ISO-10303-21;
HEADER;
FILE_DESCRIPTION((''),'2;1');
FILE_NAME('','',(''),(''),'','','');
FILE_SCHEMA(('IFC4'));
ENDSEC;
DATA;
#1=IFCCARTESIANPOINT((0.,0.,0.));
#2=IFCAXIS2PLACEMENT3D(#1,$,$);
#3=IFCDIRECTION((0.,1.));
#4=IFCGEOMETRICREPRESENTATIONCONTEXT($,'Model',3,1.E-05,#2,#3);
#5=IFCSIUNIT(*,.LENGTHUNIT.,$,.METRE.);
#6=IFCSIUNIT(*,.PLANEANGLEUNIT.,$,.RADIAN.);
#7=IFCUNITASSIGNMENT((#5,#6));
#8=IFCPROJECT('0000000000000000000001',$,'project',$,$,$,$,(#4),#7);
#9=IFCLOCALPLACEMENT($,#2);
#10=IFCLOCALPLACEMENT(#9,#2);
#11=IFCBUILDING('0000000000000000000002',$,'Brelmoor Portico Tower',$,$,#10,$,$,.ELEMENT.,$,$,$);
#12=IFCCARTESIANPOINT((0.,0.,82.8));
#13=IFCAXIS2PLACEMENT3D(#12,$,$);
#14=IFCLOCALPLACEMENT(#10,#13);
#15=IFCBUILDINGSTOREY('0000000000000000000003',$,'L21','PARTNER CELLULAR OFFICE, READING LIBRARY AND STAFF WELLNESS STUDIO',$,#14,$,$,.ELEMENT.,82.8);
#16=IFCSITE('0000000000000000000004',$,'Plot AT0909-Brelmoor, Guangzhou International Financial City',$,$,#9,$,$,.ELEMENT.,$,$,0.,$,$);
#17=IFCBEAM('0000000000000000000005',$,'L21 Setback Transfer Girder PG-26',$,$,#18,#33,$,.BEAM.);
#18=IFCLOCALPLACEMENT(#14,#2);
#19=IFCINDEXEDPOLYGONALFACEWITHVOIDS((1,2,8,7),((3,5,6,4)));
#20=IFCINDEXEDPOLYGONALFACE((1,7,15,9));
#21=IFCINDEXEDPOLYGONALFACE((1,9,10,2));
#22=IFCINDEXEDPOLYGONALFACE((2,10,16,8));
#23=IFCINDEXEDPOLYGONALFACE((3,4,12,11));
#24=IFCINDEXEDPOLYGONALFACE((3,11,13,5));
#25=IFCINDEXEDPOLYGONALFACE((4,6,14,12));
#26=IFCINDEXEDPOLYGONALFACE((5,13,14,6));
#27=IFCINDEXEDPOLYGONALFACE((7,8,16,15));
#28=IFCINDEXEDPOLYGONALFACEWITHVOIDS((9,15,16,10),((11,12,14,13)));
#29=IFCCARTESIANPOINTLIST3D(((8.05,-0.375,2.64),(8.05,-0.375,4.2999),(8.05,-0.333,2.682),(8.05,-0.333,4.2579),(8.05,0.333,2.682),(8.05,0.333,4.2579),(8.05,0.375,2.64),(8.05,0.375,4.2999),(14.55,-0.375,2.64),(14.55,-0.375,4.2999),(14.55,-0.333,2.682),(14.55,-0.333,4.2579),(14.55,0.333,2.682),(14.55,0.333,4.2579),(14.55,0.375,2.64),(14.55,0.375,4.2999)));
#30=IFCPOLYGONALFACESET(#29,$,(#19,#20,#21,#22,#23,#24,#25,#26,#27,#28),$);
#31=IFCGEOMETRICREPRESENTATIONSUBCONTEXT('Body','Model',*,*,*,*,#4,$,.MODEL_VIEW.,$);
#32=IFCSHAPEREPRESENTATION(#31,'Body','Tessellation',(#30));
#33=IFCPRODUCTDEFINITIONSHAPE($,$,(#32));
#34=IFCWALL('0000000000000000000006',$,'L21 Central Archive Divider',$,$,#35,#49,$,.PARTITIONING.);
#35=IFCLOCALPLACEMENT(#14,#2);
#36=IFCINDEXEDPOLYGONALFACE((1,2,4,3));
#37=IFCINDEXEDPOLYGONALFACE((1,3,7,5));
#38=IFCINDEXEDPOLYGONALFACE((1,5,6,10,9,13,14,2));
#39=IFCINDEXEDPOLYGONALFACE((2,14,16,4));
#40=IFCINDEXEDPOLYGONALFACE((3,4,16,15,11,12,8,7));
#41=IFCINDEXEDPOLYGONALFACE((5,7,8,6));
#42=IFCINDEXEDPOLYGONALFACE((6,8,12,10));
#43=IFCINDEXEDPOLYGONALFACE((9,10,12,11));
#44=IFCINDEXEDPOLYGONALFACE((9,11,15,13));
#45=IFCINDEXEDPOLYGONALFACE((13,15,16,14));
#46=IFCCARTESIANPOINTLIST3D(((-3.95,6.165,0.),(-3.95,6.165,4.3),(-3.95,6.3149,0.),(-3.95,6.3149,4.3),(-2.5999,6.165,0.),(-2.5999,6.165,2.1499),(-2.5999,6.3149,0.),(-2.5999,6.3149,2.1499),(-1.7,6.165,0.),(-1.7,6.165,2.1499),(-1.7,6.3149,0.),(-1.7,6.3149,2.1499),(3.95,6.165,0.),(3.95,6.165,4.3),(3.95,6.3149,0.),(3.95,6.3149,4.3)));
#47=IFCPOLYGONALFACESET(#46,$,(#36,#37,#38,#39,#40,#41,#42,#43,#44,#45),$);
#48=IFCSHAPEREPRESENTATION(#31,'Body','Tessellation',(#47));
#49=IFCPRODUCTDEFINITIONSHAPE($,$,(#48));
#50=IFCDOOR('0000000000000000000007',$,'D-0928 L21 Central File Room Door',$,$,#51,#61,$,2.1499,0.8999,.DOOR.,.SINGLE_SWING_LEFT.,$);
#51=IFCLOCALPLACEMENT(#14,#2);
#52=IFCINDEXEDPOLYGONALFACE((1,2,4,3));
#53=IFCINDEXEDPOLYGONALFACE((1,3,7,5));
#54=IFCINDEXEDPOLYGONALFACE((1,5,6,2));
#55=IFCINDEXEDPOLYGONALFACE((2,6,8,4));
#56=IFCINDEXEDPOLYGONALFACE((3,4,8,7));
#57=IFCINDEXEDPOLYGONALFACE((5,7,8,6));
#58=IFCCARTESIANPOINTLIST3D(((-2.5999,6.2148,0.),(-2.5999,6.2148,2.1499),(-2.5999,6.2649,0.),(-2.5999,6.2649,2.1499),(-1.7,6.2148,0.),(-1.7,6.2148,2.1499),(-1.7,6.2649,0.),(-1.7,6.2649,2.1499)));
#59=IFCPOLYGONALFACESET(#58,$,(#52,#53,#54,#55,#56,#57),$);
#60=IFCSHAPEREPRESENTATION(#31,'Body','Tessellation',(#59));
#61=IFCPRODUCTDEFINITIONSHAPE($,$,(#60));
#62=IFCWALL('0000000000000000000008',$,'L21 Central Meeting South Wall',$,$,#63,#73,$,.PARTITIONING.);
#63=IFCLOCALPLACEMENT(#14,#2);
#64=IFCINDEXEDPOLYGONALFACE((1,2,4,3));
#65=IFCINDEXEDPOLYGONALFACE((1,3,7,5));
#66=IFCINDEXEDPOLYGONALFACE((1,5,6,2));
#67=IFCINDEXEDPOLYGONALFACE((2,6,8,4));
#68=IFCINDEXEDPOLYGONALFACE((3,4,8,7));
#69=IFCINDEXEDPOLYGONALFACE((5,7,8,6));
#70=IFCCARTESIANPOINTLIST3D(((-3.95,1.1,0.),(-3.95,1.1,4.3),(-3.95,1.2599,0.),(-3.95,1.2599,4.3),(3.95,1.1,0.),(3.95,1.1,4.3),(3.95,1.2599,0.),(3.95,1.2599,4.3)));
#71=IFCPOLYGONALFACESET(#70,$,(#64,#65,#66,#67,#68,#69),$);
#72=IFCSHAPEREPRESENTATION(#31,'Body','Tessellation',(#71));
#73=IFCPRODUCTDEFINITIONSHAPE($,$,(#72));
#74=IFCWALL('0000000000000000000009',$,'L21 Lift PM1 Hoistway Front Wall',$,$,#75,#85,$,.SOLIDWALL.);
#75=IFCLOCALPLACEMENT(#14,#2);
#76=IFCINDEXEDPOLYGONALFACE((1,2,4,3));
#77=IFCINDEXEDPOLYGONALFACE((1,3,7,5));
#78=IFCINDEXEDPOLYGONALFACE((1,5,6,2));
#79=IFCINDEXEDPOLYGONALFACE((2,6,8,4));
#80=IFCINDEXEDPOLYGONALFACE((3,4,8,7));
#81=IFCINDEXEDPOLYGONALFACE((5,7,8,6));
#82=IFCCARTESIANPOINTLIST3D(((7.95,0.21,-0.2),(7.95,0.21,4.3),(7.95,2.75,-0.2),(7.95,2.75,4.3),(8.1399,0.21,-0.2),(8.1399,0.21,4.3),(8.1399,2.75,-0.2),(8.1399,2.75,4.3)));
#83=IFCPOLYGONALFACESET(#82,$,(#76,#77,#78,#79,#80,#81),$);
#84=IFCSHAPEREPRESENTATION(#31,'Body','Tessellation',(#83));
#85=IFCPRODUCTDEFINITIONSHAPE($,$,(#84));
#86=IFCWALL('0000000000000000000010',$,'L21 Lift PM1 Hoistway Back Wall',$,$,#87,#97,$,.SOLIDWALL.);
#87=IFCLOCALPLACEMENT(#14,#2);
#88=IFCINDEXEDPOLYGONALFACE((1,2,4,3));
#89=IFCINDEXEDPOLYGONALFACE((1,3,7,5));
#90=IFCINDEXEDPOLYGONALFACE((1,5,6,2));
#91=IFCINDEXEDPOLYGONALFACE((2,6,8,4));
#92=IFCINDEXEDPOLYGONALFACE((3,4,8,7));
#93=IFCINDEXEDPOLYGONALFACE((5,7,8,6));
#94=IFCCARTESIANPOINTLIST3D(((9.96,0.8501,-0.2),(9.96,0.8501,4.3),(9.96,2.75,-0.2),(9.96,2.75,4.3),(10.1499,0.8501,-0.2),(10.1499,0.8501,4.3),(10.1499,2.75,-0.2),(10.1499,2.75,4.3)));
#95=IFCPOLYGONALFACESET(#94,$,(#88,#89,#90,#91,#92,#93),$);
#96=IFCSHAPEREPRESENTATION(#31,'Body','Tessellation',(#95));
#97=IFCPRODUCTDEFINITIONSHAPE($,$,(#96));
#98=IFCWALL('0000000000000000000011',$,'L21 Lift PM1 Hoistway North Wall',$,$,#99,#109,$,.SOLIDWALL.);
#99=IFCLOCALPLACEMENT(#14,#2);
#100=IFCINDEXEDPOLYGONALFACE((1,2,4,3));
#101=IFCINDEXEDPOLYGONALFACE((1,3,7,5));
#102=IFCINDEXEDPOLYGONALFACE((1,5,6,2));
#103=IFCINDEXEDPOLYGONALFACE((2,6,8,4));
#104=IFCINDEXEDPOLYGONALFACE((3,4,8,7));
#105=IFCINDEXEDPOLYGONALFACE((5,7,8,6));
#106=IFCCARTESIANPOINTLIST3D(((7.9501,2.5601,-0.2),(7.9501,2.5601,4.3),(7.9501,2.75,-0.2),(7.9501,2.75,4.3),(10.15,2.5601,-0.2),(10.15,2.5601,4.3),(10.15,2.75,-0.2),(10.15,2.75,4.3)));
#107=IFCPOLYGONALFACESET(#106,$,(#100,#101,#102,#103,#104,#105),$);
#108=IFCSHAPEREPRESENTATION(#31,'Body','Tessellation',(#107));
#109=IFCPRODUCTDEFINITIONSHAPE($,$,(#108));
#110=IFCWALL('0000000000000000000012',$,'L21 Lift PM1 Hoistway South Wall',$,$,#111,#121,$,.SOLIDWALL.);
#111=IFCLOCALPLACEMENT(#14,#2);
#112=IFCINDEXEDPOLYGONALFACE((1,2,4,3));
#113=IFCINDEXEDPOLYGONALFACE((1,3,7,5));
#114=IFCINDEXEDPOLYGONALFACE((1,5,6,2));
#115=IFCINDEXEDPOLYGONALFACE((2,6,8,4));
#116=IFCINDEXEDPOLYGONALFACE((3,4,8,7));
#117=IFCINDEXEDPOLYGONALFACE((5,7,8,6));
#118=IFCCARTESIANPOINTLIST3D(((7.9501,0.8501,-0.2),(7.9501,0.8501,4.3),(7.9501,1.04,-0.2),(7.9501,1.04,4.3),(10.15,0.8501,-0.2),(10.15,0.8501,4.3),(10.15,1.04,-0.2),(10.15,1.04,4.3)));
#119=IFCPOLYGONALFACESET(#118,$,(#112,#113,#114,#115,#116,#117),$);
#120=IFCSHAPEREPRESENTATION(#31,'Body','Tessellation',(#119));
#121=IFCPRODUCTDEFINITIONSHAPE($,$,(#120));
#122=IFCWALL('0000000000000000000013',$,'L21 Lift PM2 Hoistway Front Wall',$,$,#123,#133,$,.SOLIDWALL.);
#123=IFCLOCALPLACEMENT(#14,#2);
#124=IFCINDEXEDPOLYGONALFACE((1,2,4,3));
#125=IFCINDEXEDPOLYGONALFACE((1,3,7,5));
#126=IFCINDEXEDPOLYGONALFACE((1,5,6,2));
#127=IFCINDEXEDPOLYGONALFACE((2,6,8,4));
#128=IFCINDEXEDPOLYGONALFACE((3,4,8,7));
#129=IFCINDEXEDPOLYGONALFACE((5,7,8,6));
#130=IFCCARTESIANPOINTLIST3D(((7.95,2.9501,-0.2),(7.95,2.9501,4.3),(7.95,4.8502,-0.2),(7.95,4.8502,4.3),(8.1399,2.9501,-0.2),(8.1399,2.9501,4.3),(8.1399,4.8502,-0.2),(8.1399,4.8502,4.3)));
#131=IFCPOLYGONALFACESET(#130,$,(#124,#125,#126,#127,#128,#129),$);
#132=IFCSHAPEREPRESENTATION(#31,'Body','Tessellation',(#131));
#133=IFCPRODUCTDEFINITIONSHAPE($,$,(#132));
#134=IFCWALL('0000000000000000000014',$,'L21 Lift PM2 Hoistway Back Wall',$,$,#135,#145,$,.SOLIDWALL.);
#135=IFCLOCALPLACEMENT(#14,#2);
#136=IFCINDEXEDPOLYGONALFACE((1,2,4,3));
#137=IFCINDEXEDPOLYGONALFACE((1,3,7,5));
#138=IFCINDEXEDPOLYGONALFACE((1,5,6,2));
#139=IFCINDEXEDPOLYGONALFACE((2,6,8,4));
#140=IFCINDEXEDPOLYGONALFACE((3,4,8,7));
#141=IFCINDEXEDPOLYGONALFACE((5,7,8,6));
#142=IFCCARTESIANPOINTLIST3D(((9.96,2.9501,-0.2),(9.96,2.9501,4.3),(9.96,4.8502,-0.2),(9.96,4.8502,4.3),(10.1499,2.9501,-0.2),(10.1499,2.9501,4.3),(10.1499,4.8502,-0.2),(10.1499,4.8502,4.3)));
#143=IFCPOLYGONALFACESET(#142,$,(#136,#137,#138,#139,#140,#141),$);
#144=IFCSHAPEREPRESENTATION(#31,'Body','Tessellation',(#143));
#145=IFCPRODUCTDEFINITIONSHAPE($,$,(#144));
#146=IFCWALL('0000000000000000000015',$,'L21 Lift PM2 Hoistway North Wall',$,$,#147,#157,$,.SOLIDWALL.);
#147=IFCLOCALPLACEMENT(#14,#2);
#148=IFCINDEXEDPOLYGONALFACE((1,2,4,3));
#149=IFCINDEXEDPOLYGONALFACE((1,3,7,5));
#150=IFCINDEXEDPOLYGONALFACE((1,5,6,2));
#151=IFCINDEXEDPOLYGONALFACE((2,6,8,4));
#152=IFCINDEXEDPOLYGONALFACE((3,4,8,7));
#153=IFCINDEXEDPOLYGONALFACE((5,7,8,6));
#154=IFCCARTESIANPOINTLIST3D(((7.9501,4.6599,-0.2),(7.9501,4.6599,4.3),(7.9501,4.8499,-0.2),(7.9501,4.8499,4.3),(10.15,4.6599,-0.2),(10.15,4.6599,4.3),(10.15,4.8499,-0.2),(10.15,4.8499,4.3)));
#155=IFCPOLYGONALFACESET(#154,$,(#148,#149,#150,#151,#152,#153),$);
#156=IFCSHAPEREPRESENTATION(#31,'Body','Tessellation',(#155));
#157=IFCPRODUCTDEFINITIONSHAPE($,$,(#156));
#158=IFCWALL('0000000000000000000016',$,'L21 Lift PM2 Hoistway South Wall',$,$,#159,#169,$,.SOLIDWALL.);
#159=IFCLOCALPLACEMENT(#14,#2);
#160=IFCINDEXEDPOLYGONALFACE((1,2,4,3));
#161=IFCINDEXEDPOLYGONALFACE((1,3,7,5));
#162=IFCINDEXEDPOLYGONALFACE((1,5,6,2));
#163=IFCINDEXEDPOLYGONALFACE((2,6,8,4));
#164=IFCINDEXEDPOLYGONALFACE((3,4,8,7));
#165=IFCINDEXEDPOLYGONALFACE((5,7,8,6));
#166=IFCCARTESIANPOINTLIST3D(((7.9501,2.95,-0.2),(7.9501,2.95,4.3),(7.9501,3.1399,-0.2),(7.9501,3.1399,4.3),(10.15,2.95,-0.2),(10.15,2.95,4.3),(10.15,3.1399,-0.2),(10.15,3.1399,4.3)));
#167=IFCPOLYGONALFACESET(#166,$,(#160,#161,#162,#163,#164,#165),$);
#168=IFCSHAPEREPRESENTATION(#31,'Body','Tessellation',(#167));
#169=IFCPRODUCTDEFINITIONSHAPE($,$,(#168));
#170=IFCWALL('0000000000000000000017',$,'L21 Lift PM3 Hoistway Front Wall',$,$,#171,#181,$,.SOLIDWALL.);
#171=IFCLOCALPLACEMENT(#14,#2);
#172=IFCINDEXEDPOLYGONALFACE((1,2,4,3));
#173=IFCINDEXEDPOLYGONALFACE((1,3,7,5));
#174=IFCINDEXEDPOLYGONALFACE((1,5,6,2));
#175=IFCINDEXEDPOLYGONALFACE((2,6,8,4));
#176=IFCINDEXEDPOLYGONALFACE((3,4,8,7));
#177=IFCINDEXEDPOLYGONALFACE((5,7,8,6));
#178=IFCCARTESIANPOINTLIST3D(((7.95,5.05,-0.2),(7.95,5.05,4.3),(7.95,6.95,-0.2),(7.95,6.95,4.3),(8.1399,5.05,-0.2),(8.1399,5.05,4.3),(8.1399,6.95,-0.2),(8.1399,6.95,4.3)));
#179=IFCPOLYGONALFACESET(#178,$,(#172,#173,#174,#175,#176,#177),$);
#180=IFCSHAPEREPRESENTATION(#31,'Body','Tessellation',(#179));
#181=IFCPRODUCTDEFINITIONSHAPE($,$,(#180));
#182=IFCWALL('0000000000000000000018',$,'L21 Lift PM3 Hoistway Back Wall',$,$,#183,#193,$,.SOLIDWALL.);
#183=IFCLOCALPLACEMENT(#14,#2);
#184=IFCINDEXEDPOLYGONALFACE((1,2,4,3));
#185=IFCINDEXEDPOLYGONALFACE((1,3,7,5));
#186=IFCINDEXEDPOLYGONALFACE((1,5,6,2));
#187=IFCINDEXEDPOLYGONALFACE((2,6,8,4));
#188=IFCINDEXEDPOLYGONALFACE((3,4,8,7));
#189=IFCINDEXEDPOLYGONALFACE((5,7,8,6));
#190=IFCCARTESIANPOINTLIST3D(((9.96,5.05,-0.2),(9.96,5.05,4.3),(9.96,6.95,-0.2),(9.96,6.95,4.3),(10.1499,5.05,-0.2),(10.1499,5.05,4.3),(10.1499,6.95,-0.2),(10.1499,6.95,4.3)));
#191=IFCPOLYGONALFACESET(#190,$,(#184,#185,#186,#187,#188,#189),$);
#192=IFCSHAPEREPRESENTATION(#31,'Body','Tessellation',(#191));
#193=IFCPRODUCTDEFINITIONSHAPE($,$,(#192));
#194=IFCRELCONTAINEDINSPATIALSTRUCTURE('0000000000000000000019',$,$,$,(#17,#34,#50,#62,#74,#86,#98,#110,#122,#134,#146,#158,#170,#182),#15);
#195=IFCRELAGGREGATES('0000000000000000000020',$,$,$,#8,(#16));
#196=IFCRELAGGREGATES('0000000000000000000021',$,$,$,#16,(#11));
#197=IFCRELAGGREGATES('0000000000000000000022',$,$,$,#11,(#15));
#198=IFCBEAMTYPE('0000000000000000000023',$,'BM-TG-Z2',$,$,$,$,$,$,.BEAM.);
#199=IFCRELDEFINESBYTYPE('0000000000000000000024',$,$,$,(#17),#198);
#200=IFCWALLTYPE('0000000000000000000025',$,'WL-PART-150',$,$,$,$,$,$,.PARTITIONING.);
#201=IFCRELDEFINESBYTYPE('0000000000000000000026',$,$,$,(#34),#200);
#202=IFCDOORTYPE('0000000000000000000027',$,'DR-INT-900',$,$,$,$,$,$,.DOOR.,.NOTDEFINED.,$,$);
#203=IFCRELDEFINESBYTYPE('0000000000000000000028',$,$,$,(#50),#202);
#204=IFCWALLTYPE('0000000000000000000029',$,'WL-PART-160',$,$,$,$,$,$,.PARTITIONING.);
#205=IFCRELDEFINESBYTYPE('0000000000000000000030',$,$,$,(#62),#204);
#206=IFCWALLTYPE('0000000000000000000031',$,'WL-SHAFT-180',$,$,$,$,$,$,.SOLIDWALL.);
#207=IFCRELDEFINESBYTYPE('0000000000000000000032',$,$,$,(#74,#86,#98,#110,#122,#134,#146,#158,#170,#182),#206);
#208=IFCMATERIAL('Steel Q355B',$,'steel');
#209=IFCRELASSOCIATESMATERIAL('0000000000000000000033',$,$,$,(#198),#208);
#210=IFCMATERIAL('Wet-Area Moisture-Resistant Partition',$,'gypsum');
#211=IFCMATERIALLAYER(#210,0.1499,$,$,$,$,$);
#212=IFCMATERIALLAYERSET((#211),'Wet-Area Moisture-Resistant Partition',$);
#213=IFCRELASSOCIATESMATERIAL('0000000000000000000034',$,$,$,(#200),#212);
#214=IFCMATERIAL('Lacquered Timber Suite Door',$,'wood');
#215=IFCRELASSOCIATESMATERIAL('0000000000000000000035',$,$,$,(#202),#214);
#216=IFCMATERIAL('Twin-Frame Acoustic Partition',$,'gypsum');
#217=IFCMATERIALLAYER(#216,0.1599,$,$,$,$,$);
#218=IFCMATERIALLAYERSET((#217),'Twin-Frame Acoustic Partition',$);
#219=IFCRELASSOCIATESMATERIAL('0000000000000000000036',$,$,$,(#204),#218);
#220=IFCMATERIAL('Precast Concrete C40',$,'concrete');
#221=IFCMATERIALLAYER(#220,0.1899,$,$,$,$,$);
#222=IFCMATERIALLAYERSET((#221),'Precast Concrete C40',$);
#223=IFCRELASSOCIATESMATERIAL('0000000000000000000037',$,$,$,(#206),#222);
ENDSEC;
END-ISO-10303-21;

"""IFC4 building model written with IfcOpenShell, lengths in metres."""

from ifc_helpers import new_model, si_unit, direction, frame, frame_2d, origin, origin_2d, place, context, subcontext, project, spatial, rectangle, hollow_rectangle, extrude, material, layer, layer_set, material_profile, profile_set, type_object, element, fill, save


model = new_model("IFC4")

# Units and contexts
model_context = context("Model", 3, precision=1e-05, world=origin(), true_north=direction((0.0, 1.0)))
body_context = subcontext(model_context, "Body", "Model", "MODEL_VIEW")
ifc_project = project(units=[si_unit("LENGTHUNIT", "METRE"), si_unit("PLANEANGLEUNIT", "RADIAN")], contexts=[model_context])

# Site, building, storey
site_placement = place(None, origin())
site = spatial("IfcSite", under=ifc_project, at=site_placement, Name="Plot AT0909-Brelmoor, Guangzhou International Financial City", CompositionType="ELEMENT", RefElevation=0.0)
building_placement = place(site_placement, origin())
building = spatial("IfcBuilding", under=site, at=building_placement, Name="Brelmoor Portico Tower", CompositionType="ELEMENT")
storey_placement = place(building_placement, frame((0.0, 0.0, 82.8)))
storey = spatial("IfcBuildingStorey", under=building, at=storey_placement, Name="L21", Description="PARTNER CELLULAR OFFICE, READING LIBRARY AND STAFF WELLNESS STUDIO", CompositionType="ELEMENT", Elevation=82.8)

# Beam
ifc_material_1 = material(Name="Steel Q355B", Category="steel")
ifc_material_profile = material_profile(ifc_material_1, hollow_rectangle(XDim=0.75, YDim=1.6599, WallThickness=0.042, at=origin_2d()), Name="BOX 750x1660x42")
ifc_profile_set = profile_set([ifc_material_profile], Name="Steel Q355B")
beam_type = type_object("IfcBeamType", Name="BM-TG-Z2", PredefinedType="BEAM", material=ifc_profile_set)
beam_placement = place(storey_placement, frame((8.05, 0.0, 3.47), z_axis=(1.0, 0.0, 0.0), x_axis=(0.0, 1.0, 0.0)))
element("IfcBeam", 1, at=beam_placement, inside=storey, type_object=beam_type, Name="L21 Setback Transfer Girder PG-26", PredefinedType="BEAM", context=body_context, shape_type="SweptSolid", body=[
    extrude(hollow_rectangle(XDim=0.75, YDim=1.6599, WallThickness=0.042, at=origin_2d()), origin(), (0.0, 0.0, 1.0), 6.5),
])

# Wall, opening, door
ifc_material_2 = material(Name="Wet-Area Moisture-Resistant Partition", Category="gypsum")
ifc_layer_1 = layer(ifc_material_2, 0.1499)
ifc_layer_set_1 = layer_set([ifc_layer_1], Name="Wet-Area Moisture-Resistant Partition")
wall_type_1 = type_object("IfcWallType", Name="WL-PART-150", PredefinedType="PARTITIONING", material=ifc_layer_set_1)
wall_1_placement = place(storey_placement, frame((-3.95, 6.24, 0.0), z_axis=(0.0, 0.0, 1.0), x_axis=(1.0, 0.0, 0.0)))
wall_1 = element("IfcWall", 2, at=wall_1_placement, inside=storey, type_object=wall_type_1, Name="L21 Central Archive Divider", PredefinedType="PARTITIONING", context=body_context, shape_type="SweptSolid", body=[
    extrude(rectangle(XDim=7.8999, YDim=0.1499, at=frame_2d((3.95, 0.0))), origin(), (0.0, 0.0, 1.0), 4.3),
])
opening_1_placement = place(wall_1_placement, frame((1.3501, 0.0, 0.0)))
opening_1 = element("IfcOpeningElement", 3, at=opening_1_placement, cuts=wall_1, PredefinedType="OPENING", context=body_context, shape_type="SweptSolid", body=[
    extrude(rectangle(XDim=0.8999, YDim=2.1499, at=frame_2d((0.45, 1.075))), frame((0.0, 0.085, 0.0), z_axis=(0.0, -1.0, 0.0), x_axis=(1.0, 0.0, 0.0)), (0.0, 0.0, 1.0), 0.1699),
])
ifc_material_3 = material(Name="Lacquered Timber Suite Door", Category="wood")
door_type_1 = type_object("IfcDoorType", Name="DR-INT-900", OperationType="NOTDEFINED", PredefinedType="DOOR", material=ifc_material_3)
door_1_placement = place(opening_1_placement, origin())
door_1 = element("IfcDoor", 4, at=door_1_placement, inside=storey, type_object=door_type_1, Name="D-0928 L21 Central File Room Door", OperationType="SINGLE_SWING_LEFT", OverallHeight=2.1499, OverallWidth=0.8999, PredefinedType="DOOR", context=body_context, shape_type="SweptSolid", body=[
    extrude(rectangle(XDim=0.8999, YDim=2.1499, at=frame_2d((0.45, 1.075))), frame((0.0, 0.0249, 0.0), z_axis=(0.0, -1.0, 0.0), x_axis=(1.0, 0.0, 0.0)), (0.0, 0.0, 1.0), 0.05),
])
fill(opening_1, door_1)

# Walls
ifc_material_4 = material(Name="Twin-Frame Acoustic Partition", Category="gypsum")
ifc_layer_2 = layer(ifc_material_4, 0.1599)
ifc_layer_set_2 = layer_set([ifc_layer_2], Name="Twin-Frame Acoustic Partition")
wall_type_2 = type_object("IfcWallType", Name="WL-PART-160", PredefinedType="PARTITIONING", material=ifc_layer_set_2)
wall_2_placement = place(storey_placement, frame((-3.95, 1.1799, 0.0), z_axis=(0.0, 0.0, 1.0), x_axis=(1.0, 0.0, 0.0)))
element("IfcWall", 5, at=wall_2_placement, inside=storey, type_object=wall_type_2, Name="L21 Central Meeting South Wall", PredefinedType="PARTITIONING", context=body_context, shape_type="SweptSolid", body=[
    extrude(rectangle(XDim=7.8999, YDim=0.1599, at=frame_2d((3.95, 0.0))), origin(), (0.0, 0.0, 1.0), 4.3),
])
ifc_material_5 = material(Name="Precast Concrete C40", Category="concrete")
ifc_layer_3 = layer(ifc_material_5, 0.1899)
ifc_layer_set_3 = layer_set([ifc_layer_3], Name="Precast Concrete C40")
wall_type_3 = type_object("IfcWallType", Name="WL-SHAFT-180", PredefinedType="SOLIDWALL", material=ifc_layer_set_3)
wall_3_placement = place(storey_placement, frame((8.0449, 0.21, -0.2), z_axis=(0.0, 0.0, 1.0), x_axis=(0.0, 1.0, 0.0)))
element("IfcWall", 6, at=wall_3_placement, inside=storey, type_object=wall_type_3, Name="L21 Lift PM1 Hoistway Front Wall", PredefinedType="SOLIDWALL", context=body_context, shape_type="SweptSolid", body=[
    extrude(rectangle(XDim=2.54, YDim=0.1899, at=frame_2d((1.27, 0.0))), origin(), (0.0, 0.0, 1.0), 4.5),
])
wall_4_placement = place(storey_placement, frame((10.0549, 0.8501, -0.2), z_axis=(0.0, 0.0, 1.0), x_axis=(0.0, 1.0, 0.0)))
element("IfcWall", 7, at=wall_4_placement, inside=storey, type_object=wall_type_3, Name="L21 Lift PM1 Hoistway Back Wall", PredefinedType="SOLIDWALL", context=body_context, shape_type="SweptSolid", body=[
    extrude(rectangle(XDim=1.8999, YDim=0.1899, at=frame_2d((0.95, 0.0))), origin(), (0.0, 0.0, 1.0), 4.5),
])
for number, where, z_axis, x_axis, name in (
    (8, (7.95, 2.655, -0.2), (0.0, 0.0, 1.0), (1.0, 0.0, 0.0), "L21 Lift PM1 Hoistway North Wall"),
    (9, (7.95, 0.9451, -0.2), (0.0, 0.0, 1.0), (1.0, 0.0, 0.0), "L21 Lift PM1 Hoistway South Wall"),
):
    element("IfcWall", number, at=place(storey_placement, frame(where, z_axis=z_axis, x_axis=x_axis)), inside=storey, type_object=wall_type_3, Name=name, PredefinedType="SOLIDWALL", context=body_context, shape_type="SweptSolid", body=[
        extrude(rectangle(XDim=2.2, YDim=0.1899, at=frame_2d((1.1001, 0.0))), origin(), (0.0, 0.0, 1.0), 4.5),
    ])
for number, where, z_axis, x_axis, name in (
    (10, (8.0449, 2.95, -0.2), (0.0, 0.0, 1.0), (0.0, 1.0, 0.0), "L21 Lift PM2 Hoistway Front Wall"),
    (11, (10.0549, 2.95, -0.2), (0.0, 0.0, 1.0), (0.0, 1.0, 0.0), "L21 Lift PM2 Hoistway Back Wall"),
):
    element("IfcWall", number, at=place(storey_placement, frame(where, z_axis=z_axis, x_axis=x_axis)), inside=storey, type_object=wall_type_3, Name=name, PredefinedType="SOLIDWALL", context=body_context, shape_type="SweptSolid", body=[
        extrude(rectangle(XDim=1.9001, YDim=0.1899, at=frame_2d((0.9502, 0.0))), origin(), (0.0, 0.0, 1.0), 4.5),
    ])
for number, where, z_axis, x_axis, name in (
    (12, (7.95, 4.7549, -0.2), (0.0, 0.0, 1.0), (1.0, 0.0, 0.0), "L21 Lift PM2 Hoistway North Wall"),
    (13, (7.95, 3.0449, -0.2), (0.0, 0.0, 1.0), (1.0, 0.0, 0.0), "L21 Lift PM2 Hoistway South Wall"),
):
    element("IfcWall", number, at=place(storey_placement, frame(where, z_axis=z_axis, x_axis=x_axis)), inside=storey, type_object=wall_type_3, Name=name, PredefinedType="SOLIDWALL", context=body_context, shape_type="SweptSolid", body=[
        extrude(rectangle(XDim=2.2, YDim=0.1899, at=frame_2d((1.1001, 0.0))), origin(), (0.0, 0.0, 1.0), 4.5),
    ])
for number, where, z_axis, x_axis, name in (
    (14, (8.0449, 5.05, -0.2), (0.0, 0.0, 1.0), (0.0, 1.0, 0.0), "L21 Lift PM3 Hoistway Front Wall"),
    (15, (10.0549, 5.05, -0.2), (0.0, 0.0, 1.0), (0.0, 1.0, 0.0), "L21 Lift PM3 Hoistway Back Wall"),
):
    element("IfcWall", number, at=place(storey_placement, frame(where, z_axis=z_axis, x_axis=x_axis)), inside=storey, type_object=wall_type_3, Name=name, PredefinedType="SOLIDWALL", context=body_context, shape_type="SweptSolid", body=[
        extrude(rectangle(XDim=1.8999, YDim=0.1899, at=frame_2d((0.95, 0.0))), origin(), (0.0, 0.0, 1.0), 4.5),
    ])

save(model, "model.ifc")
